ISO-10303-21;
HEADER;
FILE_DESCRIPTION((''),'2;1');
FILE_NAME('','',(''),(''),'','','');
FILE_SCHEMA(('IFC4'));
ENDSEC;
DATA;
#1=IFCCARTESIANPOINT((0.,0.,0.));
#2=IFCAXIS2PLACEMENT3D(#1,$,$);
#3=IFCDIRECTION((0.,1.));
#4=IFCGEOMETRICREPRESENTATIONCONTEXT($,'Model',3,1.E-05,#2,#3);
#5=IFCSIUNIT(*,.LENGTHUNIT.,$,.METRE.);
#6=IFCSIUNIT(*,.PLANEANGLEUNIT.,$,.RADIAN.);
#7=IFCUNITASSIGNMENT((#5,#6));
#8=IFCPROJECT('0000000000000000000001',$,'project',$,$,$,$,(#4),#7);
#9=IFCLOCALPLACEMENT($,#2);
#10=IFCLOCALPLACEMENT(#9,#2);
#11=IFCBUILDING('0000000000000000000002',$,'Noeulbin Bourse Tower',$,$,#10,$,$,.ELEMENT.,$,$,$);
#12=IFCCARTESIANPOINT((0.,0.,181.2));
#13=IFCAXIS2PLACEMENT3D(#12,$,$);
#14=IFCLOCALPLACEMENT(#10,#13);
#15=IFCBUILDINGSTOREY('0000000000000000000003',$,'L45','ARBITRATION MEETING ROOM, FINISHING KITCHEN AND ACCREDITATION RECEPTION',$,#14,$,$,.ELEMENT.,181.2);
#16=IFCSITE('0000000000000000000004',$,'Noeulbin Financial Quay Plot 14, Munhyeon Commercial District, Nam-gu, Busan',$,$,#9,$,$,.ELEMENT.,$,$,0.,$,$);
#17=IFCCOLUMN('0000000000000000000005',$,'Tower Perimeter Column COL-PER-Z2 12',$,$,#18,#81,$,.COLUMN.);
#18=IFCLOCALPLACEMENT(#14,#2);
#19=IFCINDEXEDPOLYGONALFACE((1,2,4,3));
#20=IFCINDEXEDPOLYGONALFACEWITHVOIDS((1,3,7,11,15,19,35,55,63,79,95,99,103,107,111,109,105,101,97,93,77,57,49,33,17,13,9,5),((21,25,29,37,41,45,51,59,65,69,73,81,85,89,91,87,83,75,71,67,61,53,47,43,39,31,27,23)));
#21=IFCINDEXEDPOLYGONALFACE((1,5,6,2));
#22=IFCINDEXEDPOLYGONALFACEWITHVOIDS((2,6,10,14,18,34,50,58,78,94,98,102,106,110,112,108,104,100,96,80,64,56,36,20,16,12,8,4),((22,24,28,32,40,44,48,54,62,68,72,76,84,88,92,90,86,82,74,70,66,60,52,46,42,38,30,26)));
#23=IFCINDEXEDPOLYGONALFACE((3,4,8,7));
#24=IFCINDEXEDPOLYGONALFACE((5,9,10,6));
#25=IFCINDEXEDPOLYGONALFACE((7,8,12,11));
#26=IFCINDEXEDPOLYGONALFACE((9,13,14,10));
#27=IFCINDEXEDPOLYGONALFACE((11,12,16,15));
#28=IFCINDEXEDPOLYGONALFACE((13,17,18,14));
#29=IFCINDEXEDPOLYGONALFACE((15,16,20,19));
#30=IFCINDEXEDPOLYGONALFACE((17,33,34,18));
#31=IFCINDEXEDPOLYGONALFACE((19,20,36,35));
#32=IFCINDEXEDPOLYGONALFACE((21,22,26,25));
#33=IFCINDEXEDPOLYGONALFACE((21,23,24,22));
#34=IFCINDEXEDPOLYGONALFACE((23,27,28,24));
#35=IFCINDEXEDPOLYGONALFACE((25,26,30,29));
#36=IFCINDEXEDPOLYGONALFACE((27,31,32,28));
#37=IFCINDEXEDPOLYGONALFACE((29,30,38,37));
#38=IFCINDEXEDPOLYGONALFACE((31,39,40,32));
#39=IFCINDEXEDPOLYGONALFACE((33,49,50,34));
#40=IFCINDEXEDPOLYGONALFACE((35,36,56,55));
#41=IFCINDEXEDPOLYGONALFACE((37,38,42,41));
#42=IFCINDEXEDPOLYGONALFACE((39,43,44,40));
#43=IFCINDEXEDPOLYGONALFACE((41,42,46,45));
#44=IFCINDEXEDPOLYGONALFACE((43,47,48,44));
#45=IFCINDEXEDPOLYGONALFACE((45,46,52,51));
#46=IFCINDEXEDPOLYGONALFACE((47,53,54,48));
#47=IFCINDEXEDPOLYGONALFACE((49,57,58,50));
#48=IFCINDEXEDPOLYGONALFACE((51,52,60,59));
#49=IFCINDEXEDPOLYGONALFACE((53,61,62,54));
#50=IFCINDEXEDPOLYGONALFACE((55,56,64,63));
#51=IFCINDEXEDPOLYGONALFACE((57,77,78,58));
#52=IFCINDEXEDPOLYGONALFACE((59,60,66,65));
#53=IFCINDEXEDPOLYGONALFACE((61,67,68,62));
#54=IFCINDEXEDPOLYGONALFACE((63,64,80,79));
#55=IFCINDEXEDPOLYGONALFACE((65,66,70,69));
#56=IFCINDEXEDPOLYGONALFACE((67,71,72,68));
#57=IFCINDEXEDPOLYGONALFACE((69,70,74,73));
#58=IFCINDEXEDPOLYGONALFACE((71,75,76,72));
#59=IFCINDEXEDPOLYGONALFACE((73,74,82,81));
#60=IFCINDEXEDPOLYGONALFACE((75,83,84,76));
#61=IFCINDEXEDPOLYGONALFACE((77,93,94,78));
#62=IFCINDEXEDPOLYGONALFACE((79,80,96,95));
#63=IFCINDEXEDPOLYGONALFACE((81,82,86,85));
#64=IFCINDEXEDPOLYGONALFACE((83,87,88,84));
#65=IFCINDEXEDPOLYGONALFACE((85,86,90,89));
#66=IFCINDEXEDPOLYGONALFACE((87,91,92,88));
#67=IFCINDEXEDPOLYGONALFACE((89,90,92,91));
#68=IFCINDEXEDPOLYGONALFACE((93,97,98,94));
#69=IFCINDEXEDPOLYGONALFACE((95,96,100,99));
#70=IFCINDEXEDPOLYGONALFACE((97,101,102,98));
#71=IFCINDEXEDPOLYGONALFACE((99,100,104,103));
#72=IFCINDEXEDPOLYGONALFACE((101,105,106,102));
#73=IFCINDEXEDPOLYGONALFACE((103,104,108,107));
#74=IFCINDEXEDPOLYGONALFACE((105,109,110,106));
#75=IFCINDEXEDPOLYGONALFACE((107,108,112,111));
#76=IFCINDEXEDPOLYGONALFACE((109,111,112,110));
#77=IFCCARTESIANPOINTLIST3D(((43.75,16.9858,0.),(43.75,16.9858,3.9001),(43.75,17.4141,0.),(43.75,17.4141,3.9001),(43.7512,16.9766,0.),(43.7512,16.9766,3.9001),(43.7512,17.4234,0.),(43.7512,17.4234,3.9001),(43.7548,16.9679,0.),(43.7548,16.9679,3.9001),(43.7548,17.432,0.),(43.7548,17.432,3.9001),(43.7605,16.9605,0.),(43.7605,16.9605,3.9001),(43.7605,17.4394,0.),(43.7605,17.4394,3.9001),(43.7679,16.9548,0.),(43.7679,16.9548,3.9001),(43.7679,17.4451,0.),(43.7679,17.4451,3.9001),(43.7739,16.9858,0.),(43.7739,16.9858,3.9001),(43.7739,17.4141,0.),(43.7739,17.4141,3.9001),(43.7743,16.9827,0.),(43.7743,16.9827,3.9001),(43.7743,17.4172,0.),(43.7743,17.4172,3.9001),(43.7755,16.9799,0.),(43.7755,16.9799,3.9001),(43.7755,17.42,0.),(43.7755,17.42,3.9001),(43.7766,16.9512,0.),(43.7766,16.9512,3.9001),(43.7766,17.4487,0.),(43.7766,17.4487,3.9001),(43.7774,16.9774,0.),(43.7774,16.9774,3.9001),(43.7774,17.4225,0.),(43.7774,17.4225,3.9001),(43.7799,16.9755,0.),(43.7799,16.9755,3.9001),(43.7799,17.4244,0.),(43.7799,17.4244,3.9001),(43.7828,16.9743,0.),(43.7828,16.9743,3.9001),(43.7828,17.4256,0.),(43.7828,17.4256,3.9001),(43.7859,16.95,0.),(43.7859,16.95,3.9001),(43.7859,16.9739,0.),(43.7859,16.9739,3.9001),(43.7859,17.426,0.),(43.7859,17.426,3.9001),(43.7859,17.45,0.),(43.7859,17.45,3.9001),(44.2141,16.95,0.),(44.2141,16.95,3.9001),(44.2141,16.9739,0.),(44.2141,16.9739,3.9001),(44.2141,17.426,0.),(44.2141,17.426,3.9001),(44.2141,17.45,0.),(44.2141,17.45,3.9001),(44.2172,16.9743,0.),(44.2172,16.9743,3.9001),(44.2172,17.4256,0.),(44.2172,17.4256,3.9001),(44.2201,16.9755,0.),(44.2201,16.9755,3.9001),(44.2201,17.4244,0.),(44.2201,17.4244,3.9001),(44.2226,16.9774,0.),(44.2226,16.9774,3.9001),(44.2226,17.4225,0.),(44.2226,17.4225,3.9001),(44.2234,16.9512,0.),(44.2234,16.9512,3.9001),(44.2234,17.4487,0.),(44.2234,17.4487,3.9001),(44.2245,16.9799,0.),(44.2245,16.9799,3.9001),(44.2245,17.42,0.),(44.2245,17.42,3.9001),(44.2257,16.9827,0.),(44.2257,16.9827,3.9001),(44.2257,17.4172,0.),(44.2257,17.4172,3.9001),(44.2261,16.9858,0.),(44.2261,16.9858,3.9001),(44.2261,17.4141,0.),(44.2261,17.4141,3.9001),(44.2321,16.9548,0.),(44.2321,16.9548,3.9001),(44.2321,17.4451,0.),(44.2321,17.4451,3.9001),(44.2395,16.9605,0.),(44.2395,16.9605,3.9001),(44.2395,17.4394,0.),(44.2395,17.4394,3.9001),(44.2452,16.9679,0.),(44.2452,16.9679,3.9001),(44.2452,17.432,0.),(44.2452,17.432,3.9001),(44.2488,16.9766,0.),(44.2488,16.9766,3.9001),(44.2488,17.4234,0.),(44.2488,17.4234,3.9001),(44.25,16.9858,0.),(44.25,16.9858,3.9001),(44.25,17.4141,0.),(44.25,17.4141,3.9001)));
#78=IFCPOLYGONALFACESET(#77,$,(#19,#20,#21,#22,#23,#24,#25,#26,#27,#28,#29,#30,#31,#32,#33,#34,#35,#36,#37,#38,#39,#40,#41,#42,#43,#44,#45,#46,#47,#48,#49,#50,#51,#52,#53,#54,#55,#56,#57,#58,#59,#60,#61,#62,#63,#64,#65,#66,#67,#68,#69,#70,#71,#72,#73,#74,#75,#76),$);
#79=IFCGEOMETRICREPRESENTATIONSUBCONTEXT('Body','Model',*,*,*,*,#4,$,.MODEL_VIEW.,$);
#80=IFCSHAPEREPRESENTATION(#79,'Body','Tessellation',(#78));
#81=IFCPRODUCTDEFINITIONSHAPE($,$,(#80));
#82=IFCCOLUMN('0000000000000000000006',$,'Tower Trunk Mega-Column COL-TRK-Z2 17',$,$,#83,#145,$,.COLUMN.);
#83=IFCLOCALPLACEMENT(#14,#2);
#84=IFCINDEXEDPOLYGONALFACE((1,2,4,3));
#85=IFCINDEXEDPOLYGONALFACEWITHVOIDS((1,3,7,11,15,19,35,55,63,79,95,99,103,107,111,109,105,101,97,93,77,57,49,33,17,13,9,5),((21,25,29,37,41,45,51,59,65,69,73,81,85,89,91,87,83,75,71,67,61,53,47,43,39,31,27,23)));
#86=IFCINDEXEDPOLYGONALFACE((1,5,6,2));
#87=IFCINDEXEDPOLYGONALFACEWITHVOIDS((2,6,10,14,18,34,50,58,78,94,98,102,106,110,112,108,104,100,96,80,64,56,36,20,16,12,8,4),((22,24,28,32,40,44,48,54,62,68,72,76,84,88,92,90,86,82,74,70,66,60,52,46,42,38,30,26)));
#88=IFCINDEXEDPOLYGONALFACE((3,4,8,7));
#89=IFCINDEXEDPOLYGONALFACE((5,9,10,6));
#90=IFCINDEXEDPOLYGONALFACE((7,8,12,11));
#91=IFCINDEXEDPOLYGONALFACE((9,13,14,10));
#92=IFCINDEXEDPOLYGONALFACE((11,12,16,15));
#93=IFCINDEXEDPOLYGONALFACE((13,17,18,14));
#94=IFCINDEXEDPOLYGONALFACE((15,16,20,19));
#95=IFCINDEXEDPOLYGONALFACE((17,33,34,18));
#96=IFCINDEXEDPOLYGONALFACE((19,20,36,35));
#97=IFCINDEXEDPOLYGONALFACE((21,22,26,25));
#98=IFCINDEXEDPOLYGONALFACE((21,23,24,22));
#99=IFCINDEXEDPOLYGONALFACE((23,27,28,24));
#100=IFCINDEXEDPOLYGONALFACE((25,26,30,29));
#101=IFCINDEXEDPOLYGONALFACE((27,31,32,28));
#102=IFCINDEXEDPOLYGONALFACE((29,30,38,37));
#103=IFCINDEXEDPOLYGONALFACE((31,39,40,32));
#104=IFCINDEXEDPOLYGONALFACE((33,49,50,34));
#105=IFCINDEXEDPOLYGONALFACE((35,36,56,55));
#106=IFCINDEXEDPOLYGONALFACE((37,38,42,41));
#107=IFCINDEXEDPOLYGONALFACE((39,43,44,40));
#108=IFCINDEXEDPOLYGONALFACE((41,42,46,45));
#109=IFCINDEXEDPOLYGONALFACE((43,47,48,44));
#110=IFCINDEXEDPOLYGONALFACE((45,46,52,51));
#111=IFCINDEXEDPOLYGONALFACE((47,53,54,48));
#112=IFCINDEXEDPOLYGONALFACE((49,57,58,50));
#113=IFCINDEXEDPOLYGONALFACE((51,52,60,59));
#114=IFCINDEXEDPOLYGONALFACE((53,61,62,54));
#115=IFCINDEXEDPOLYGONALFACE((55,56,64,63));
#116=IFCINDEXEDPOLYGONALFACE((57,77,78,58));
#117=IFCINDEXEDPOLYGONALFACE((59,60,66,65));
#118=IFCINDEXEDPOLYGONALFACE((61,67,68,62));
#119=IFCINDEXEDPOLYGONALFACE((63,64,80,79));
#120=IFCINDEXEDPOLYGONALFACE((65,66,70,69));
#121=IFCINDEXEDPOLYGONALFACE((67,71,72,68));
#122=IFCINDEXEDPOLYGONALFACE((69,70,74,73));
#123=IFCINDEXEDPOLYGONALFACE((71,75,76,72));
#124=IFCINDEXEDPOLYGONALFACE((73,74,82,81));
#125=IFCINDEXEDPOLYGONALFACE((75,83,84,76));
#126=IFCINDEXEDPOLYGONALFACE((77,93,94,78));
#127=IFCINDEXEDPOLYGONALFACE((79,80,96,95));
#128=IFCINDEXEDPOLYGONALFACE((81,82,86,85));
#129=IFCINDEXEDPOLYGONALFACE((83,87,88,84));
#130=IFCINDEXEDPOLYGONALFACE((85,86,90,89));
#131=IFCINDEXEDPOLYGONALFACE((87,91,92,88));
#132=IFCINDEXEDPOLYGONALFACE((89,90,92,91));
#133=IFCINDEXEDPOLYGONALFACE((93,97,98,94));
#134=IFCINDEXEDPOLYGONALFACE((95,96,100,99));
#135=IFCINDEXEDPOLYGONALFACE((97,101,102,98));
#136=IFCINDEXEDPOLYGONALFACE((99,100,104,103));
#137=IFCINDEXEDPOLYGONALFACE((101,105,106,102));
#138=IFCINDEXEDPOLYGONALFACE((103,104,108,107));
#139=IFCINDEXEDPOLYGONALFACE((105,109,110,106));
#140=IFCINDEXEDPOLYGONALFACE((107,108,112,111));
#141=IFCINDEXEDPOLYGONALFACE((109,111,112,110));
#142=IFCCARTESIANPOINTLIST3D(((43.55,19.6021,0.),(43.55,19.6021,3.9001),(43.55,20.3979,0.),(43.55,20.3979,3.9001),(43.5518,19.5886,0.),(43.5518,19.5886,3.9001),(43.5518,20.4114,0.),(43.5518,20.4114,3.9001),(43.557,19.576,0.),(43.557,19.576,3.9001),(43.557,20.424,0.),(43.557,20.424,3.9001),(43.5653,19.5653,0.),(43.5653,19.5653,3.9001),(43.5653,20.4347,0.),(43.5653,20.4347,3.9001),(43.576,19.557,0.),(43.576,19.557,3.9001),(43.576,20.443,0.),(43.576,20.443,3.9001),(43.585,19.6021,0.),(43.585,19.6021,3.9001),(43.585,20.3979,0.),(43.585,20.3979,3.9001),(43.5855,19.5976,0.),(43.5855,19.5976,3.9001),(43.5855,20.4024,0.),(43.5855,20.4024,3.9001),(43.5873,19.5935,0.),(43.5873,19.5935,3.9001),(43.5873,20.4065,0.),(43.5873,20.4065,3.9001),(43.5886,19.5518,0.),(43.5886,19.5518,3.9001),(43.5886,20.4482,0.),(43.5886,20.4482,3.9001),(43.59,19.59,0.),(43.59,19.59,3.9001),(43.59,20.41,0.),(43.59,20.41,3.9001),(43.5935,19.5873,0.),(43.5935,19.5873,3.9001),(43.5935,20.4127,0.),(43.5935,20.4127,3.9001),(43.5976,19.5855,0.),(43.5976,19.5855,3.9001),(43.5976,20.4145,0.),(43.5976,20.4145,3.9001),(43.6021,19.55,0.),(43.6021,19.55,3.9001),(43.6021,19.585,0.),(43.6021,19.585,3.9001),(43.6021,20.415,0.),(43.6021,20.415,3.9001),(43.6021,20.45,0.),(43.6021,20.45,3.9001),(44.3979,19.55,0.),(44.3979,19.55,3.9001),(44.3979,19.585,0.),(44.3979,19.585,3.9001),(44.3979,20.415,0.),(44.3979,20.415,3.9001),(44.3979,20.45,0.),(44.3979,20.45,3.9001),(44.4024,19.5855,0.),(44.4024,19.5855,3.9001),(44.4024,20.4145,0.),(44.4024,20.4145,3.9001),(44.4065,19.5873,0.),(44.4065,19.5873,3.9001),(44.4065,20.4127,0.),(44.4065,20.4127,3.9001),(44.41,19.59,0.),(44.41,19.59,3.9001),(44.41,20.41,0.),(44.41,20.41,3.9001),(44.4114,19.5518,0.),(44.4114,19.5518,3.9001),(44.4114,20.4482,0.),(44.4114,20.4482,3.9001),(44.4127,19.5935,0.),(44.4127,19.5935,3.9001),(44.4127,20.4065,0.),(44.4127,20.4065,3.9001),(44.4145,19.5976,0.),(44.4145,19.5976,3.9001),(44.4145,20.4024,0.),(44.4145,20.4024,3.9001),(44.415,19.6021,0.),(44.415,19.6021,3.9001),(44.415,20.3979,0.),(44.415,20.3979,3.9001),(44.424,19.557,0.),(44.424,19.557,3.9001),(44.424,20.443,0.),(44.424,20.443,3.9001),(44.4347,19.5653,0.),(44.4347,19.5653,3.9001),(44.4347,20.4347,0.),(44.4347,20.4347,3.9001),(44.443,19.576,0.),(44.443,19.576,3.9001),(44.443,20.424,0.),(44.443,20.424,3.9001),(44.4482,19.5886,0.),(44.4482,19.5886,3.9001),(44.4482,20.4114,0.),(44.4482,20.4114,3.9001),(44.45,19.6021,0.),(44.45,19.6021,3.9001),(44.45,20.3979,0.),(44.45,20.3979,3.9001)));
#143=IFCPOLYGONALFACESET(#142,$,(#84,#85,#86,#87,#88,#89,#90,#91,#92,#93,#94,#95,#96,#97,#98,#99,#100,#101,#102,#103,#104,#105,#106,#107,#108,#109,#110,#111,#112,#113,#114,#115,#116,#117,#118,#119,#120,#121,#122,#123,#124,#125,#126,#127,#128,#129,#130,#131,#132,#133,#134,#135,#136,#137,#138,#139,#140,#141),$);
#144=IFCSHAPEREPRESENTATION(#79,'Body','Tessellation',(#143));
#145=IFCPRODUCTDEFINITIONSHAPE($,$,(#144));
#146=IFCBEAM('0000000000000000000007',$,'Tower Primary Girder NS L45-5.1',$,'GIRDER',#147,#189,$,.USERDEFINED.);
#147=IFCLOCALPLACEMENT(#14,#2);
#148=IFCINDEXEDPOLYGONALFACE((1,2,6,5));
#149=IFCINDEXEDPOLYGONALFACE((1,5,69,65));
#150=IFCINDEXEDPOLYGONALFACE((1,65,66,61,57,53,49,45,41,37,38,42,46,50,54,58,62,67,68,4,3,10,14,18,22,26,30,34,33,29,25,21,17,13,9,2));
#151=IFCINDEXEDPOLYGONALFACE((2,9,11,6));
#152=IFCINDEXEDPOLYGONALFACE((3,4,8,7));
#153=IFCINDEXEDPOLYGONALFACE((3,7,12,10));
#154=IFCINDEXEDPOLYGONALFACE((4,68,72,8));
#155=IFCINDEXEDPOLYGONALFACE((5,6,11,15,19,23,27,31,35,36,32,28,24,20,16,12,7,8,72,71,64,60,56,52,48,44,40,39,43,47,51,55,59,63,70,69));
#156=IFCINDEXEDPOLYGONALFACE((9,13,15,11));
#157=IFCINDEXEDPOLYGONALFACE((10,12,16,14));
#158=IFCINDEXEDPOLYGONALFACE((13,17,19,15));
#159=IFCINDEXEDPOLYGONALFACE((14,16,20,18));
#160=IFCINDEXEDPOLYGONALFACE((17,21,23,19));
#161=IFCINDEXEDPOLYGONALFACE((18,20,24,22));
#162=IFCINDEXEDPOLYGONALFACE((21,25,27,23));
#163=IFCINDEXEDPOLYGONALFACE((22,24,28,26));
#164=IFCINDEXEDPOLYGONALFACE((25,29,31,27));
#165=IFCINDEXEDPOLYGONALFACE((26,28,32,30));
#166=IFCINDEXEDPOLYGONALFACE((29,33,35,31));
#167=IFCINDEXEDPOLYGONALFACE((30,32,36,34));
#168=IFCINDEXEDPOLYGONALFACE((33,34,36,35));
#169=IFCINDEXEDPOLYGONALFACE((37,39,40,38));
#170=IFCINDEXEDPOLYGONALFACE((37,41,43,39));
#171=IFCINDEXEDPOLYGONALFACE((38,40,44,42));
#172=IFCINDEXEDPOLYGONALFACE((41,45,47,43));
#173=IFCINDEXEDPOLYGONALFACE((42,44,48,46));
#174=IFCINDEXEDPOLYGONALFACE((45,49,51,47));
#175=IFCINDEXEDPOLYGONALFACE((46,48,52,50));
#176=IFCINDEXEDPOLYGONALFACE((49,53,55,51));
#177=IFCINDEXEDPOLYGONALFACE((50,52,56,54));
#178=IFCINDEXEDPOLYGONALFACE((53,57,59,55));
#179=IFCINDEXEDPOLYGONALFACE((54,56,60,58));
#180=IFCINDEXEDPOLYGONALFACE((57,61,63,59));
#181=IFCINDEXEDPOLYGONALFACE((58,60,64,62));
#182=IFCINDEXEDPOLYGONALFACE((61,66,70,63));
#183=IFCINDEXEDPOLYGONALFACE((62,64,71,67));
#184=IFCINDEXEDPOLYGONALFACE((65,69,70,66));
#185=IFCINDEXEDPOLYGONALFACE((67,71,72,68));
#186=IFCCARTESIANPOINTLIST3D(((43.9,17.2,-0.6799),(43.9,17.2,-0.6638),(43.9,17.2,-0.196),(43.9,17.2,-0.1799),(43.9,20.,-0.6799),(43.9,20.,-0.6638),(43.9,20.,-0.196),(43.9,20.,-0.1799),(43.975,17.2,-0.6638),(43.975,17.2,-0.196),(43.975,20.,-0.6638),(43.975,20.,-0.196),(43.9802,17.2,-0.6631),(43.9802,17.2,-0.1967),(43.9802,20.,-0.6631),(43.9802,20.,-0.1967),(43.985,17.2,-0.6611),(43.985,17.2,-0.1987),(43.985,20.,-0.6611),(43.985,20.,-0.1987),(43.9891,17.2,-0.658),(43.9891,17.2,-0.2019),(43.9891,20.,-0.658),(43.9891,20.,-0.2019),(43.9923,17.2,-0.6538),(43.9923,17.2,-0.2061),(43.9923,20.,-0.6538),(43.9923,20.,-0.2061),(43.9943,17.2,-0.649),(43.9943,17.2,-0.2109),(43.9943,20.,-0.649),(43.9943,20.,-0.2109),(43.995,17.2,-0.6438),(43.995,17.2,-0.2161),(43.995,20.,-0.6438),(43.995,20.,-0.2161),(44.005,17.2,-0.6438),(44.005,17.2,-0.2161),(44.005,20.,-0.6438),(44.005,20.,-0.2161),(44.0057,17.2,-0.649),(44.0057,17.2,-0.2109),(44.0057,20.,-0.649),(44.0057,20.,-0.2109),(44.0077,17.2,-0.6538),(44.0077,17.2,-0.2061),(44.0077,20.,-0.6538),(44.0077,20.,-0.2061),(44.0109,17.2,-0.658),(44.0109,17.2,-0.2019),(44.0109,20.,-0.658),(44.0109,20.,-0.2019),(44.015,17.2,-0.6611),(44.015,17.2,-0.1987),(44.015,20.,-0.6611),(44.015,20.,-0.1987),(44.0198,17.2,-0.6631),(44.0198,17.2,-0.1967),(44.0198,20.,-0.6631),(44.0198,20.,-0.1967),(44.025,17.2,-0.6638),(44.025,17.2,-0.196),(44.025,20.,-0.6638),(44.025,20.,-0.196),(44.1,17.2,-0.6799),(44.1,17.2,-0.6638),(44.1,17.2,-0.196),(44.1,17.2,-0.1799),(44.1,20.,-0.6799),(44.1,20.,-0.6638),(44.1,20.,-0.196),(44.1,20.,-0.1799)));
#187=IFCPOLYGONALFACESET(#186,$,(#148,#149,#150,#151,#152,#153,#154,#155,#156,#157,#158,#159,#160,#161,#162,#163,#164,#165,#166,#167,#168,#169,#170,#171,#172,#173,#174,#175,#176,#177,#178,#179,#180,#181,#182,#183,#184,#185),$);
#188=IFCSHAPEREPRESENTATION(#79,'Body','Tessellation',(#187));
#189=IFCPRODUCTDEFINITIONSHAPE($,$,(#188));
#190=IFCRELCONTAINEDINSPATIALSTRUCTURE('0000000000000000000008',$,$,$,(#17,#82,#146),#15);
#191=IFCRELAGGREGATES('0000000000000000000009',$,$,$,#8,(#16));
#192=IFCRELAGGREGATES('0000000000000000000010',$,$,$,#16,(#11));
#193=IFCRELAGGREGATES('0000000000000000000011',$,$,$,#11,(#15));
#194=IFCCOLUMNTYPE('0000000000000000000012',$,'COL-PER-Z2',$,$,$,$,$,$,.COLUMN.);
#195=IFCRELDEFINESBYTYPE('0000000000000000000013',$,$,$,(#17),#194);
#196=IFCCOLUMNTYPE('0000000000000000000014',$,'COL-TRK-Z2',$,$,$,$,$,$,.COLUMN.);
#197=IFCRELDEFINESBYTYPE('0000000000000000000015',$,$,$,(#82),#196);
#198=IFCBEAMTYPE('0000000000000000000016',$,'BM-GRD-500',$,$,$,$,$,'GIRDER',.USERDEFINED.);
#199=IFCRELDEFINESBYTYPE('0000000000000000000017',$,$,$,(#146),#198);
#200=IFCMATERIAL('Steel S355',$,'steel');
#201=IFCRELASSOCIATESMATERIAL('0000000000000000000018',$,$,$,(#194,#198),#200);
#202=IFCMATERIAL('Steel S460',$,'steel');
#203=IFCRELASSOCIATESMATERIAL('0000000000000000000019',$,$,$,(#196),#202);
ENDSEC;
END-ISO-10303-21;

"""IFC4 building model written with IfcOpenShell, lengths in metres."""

from ifc_helpers import new_model, si_unit, direction, frame, origin, origin_2d, place, context, subcontext, project, spatial, hollow_rectangle, i_section, extrude, material, material_profile, profile_set, type_object, element, save


model = new_model("IFC4")

# Units and contexts
model_context = context("Model", 3, precision=1e-05, world=origin(), true_north=direction((0.0, 1.0)))
body_context = subcontext(model_context, "Body", "Model", "MODEL_VIEW")
ifc_project = project(units=[si_unit("LENGTHUNIT", "METRE"), si_unit("PLANEANGLEUNIT", "RADIAN")], contexts=[model_context])

# Site, building, storey
site_placement = place(None, origin())
site = spatial("IfcSite", under=ifc_project, at=site_placement, Name="Noeulbin Financial Quay Plot 14, Munhyeon Commercial District, Nam-gu, Busan", CompositionType="ELEMENT", RefElevation=0.0)
building_placement = place(site_placement, origin())
building = spatial("IfcBuilding", under=site, at=building_placement, Name="Noeulbin Bourse Tower", CompositionType="ELEMENT")
storey_placement = place(building_placement, frame((0.0, 0.0, 181.2)))
storey = spatial("IfcBuildingStorey", under=building, at=storey_placement, Name="L45", Description="ARBITRATION MEETING ROOM, FINISHING KITCHEN AND ACCREDITATION RECEPTION", CompositionType="ELEMENT", Elevation=181.2)

# Columns
ifc_material_1 = material(Name="Steel S355", Category="steel")
ifc_material_profile_1 = material_profile(ifc_material_1, hollow_rectangle(XDim=0.5, YDim=0.5, WallThickness=0.0239, InnerFilletRadius=0.012, OuterFilletRadius=0.0359, at=origin_2d()), Name="BOX-500x500x24", Category="LoadBearing")
ifc_profile_set_1 = profile_set([ifc_material_profile_1], Name="Steel S355")
column_type_1 = type_object("IfcColumnType", Name="COL-PER-Z2", PredefinedType="COLUMN", material=ifc_profile_set_1)
column_1_placement = place(storey_placement, frame((44.0, 17.2, 0.0), z_axis=(0.0, 0.0, 1.0), x_axis=(1.0, 0.0, 0.0)))
element("IfcColumn", 1, at=column_1_placement, inside=storey, type_object=column_type_1, Name="Tower Perimeter Column COL-PER-Z2 12", PredefinedType="COLUMN", context=body_context, shape_type="SweptSolid", body=[
    extrude(hollow_rectangle(XDim=0.5, YDim=0.5, WallThickness=0.0239, InnerFilletRadius=0.012, OuterFilletRadius=0.0359, at=origin_2d()), origin(), (0.0, 0.0, 1.0), 3.9001),
])
ifc_material_2 = material(Name="Steel S460", Category="steel")
ifc_material_profile_2 = material_profile(ifc_material_2, hollow_rectangle(XDim=0.8999, YDim=0.8999, WallThickness=0.0349, InnerFilletRadius=0.0171, OuterFilletRadius=0.052, at=origin_2d()), Name="BOX-900x900x35", Category="LoadBearing")
ifc_profile_set_2 = profile_set([ifc_material_profile_2], Name="Steel S460")
column_type_2 = type_object("IfcColumnType", Name="COL-TRK-Z2", PredefinedType="COLUMN", material=ifc_profile_set_2)
column_2_placement = place(storey_placement, frame((44.0, 20.0, 0.0), z_axis=(0.0, 0.0, 1.0), x_axis=(1.0, 0.0, 0.0)))
element("IfcColumn", 2, at=column_2_placement, inside=storey, type_object=column_type_2, Name="Tower Trunk Mega-Column COL-TRK-Z2 17", PredefinedType="COLUMN", context=body_context, shape_type="SweptSolid", body=[
    extrude(hollow_rectangle(XDim=0.8999, YDim=0.8999, WallThickness=0.0349, InnerFilletRadius=0.0171, OuterFilletRadius=0.052, at=origin_2d()), origin(), (0.0, 0.0, 1.0), 3.9001),
])

# Beam
ifc_material_profile_3 = material_profile(ifc_material_1, i_section(OverallWidth=0.2, OverallDepth=0.5, WebThickness=0.01, FlangeThickness=0.0161, FilletRadius=0.02, at=origin_2d()), Name="H-500x200x10x16", Category="LoadBearing")
ifc_profile_set_3 = profile_set([ifc_material_profile_3], Name="Steel S355")
beam_type_1 = type_object("IfcBeamType", Name="BM-GRD-500", ElementType="GIRDER", PredefinedType="USERDEFINED", material=ifc_profile_set_3)
beam_1_placement = place(storey_placement, frame((44.0, 17.2, -0.4299), z_axis=(0.0, 1.0, 0.0), x_axis=(-1.0, 0.0, 0.0)))
element("IfcBeam", 3, at=beam_1_placement, inside=storey, type_object=beam_type_1, Name="Tower Primary Girder NS L45-5.1", ObjectType="GIRDER", PredefinedType="USERDEFINED", context=body_context, shape_type="SweptSolid", body=[
    extrude(i_section(OverallWidth=0.2, OverallDepth=0.5, WebThickness=0.01, FlangeThickness=0.0161, FilletRadius=0.02, at=origin_2d()), origin(), (0.0, 0.0, 1.0), 2.8),
])

save(model, "model.ifc")
